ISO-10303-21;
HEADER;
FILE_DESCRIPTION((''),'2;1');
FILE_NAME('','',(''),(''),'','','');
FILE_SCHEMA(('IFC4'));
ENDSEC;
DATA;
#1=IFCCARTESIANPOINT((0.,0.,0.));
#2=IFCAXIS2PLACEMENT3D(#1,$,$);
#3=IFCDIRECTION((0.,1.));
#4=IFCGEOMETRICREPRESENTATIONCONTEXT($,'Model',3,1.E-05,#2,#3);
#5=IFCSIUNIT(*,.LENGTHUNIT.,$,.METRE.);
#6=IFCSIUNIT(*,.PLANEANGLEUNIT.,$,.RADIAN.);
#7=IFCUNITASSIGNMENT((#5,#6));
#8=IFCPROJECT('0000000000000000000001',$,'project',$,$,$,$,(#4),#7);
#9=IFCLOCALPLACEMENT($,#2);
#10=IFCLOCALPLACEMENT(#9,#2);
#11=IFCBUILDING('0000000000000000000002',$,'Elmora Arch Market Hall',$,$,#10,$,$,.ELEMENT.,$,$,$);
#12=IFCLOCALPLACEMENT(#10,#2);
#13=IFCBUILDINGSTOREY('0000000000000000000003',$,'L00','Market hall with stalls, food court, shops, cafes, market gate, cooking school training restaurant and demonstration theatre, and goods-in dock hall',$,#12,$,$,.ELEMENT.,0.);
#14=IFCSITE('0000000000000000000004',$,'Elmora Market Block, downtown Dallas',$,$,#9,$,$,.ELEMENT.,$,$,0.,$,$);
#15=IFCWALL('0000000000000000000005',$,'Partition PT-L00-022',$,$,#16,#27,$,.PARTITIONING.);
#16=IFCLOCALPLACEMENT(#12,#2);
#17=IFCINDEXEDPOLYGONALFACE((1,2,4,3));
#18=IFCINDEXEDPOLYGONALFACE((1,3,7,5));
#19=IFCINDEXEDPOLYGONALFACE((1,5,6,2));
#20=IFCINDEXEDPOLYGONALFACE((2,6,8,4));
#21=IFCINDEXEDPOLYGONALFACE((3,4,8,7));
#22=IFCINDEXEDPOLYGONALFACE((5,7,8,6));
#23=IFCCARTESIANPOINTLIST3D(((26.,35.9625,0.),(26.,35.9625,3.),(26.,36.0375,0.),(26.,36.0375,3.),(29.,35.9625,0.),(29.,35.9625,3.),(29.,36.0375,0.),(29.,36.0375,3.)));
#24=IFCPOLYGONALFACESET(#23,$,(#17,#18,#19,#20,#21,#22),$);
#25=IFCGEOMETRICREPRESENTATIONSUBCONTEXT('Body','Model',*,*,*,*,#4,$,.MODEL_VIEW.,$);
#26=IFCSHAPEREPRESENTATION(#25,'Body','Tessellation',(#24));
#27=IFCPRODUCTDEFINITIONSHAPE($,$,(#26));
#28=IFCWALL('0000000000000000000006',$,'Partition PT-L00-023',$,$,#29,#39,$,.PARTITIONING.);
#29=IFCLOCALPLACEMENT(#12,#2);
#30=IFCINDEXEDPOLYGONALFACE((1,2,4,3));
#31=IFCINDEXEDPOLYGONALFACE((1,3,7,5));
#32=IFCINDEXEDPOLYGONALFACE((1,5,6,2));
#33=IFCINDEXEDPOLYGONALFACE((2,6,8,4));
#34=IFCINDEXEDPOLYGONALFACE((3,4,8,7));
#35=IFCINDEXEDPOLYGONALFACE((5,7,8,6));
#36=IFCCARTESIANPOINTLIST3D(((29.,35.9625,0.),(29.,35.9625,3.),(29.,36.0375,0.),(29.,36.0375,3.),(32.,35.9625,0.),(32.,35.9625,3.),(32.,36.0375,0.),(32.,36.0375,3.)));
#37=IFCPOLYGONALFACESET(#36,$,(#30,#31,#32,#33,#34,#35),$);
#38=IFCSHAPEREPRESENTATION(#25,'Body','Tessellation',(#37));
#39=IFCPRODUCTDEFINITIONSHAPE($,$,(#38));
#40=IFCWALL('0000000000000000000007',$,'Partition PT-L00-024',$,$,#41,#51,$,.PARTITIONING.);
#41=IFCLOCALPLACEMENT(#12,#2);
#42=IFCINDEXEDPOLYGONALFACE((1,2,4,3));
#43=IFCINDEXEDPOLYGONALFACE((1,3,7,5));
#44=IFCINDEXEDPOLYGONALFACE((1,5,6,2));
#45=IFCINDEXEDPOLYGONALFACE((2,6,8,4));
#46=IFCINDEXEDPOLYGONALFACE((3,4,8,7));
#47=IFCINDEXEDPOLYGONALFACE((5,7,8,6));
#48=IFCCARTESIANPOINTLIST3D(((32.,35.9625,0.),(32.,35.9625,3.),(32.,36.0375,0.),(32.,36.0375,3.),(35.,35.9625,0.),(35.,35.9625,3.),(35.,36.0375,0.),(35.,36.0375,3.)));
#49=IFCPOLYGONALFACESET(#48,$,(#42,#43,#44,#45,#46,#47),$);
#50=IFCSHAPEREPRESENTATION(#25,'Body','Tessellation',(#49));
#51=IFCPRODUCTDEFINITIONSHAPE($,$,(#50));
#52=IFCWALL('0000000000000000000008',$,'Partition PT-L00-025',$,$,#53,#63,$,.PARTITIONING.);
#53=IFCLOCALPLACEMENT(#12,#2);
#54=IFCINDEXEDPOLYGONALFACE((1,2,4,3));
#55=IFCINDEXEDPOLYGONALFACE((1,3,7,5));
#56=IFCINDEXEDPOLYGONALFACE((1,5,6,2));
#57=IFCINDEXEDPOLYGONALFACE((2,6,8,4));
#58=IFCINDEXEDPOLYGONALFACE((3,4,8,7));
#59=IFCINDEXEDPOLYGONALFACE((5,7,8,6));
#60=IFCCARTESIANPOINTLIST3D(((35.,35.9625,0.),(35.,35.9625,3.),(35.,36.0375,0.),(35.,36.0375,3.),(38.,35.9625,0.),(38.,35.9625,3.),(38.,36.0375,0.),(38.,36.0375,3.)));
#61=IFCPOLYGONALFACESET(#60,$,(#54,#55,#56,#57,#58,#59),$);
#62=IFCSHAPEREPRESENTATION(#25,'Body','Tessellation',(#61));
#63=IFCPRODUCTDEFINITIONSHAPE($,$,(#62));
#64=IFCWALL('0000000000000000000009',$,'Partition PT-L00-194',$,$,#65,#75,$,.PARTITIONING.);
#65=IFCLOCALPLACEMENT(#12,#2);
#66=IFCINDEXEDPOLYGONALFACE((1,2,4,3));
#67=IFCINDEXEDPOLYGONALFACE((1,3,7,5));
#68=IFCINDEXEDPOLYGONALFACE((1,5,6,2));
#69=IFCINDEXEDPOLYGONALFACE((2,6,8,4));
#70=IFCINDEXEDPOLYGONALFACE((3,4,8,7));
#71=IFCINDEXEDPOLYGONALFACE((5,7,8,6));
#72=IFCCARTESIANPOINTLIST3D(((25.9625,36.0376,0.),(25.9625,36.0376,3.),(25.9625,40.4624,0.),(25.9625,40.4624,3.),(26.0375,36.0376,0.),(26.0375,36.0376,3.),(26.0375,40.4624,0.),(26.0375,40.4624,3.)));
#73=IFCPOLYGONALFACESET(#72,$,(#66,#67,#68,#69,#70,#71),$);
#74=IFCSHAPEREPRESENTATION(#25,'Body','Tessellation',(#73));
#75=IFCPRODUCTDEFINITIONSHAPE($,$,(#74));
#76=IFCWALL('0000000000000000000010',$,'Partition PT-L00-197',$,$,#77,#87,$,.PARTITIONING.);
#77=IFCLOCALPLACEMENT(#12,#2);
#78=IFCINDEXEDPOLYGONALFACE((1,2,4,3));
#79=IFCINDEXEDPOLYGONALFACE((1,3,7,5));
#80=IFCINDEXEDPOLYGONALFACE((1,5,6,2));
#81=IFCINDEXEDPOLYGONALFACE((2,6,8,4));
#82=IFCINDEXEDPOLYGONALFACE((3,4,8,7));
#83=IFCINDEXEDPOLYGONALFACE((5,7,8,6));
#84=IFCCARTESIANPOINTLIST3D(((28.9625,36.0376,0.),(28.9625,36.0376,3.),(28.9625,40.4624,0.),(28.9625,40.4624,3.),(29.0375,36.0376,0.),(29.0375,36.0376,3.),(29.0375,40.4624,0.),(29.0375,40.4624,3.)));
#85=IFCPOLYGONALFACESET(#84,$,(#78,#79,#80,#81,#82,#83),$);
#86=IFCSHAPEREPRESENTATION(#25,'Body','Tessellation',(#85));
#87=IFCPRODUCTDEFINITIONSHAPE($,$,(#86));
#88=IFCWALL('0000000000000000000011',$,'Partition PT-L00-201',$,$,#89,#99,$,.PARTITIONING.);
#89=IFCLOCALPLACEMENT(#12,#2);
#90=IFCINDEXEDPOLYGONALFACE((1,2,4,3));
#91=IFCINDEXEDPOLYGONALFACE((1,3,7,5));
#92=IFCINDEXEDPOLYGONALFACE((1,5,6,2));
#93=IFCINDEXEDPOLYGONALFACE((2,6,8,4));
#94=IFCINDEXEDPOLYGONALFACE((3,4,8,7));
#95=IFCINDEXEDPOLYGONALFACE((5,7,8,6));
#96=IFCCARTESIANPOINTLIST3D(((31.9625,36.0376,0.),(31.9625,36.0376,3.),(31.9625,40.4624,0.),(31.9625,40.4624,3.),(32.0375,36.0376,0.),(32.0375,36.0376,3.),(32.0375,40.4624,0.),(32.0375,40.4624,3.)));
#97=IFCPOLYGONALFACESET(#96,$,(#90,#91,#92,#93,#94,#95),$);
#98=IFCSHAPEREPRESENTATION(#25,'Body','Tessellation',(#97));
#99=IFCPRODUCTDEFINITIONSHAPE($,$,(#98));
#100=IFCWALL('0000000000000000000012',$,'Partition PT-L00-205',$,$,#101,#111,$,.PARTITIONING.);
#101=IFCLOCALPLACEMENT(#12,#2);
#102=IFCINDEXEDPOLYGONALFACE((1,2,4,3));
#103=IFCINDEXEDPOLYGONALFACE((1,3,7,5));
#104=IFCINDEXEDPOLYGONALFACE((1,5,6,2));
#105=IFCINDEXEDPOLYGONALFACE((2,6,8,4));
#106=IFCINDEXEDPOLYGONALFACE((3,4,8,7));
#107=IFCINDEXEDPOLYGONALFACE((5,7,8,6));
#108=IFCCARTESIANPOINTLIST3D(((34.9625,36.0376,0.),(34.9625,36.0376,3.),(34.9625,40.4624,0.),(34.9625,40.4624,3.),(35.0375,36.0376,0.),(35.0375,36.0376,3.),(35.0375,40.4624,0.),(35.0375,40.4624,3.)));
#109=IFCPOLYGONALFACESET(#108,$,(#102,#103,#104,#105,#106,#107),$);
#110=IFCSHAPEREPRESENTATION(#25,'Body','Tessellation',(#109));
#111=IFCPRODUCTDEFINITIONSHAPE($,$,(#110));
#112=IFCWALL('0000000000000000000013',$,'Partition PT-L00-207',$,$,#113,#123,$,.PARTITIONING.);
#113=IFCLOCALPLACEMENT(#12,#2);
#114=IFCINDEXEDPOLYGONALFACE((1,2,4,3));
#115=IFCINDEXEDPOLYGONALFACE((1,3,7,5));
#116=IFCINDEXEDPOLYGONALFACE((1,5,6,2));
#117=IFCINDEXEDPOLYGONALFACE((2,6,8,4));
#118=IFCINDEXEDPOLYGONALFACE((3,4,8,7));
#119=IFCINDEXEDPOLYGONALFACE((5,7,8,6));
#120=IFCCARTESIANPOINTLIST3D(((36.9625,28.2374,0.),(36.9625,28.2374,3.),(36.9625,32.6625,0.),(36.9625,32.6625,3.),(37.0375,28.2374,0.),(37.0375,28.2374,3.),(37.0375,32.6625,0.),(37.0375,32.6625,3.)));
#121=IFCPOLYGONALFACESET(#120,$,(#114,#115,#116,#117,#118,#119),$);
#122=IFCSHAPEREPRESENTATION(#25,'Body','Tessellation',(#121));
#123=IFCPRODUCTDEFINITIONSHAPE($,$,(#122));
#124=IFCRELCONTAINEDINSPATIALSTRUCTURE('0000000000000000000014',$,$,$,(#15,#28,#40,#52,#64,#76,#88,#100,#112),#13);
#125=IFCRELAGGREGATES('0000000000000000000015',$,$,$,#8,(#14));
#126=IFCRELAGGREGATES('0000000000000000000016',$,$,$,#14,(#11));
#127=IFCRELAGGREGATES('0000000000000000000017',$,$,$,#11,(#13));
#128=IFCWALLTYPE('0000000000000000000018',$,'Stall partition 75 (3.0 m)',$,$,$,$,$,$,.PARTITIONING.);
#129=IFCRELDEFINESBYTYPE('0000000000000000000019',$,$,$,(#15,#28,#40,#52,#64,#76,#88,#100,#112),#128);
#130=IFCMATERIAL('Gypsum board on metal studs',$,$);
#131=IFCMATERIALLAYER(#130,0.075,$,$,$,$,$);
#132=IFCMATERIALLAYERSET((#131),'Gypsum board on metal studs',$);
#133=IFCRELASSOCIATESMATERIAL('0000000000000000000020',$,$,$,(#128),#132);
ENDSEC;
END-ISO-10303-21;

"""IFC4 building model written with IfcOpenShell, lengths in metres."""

from ifc_helpers import new_model, si_unit, direction, frame, frame_2d, origin, place, context, subcontext, project, spatial, rectangle, extrude, material, layer, layer_set, type_object, element, save


model = new_model("IFC4")

# Units and contexts
model_context = context("Model", 3, precision=1e-05, world=origin(), true_north=direction((0.0, 1.0)))
body_context = subcontext(model_context, "Body", "Model", "MODEL_VIEW")
ifc_project = project(units=[si_unit("LENGTHUNIT", "METRE"), si_unit("PLANEANGLEUNIT", "RADIAN")], contexts=[model_context])

# Site, building, storey
site_placement = place(None, origin())
site = spatial("IfcSite", under=ifc_project, at=site_placement, Name="Elmora Market Block, downtown Dallas", CompositionType="ELEMENT", RefElevation=0.0)
building_placement = place(site_placement, origin())
building = spatial("IfcBuilding", under=site, at=building_placement, Name="Elmora Arch Market Hall", CompositionType="ELEMENT")
storey_placement = place(building_placement, origin())
storey = spatial("IfcBuildingStorey", under=building, at=storey_placement, Name="L00", Description="Market hall with stalls, food court, shops, cafes, market gate, cooking school training restaurant and demonstration theatre, and goods-in dock hall", CompositionType="ELEMENT", Elevation=0.0)

# Shared definitions
ifc_material_1 = material(Name="Gypsum board on metal studs")
ifc_layer = layer(ifc_material_1, 0.075)
ifc_layer_set = layer_set([ifc_layer], Name="Gypsum board on metal studs")
wall_type = type_object("IfcWallType", Name="Stall partition 75 (3.0 m)", PredefinedType="PARTITIONING", material=ifc_layer_set)

# Walls
for number, where, z_axis, x_axis, name in (
    (1, (26.0, 36.0, 0.0), (0.0, 0.0, 1.0), (1.0, 0.0, 0.0), "Partition PT-L00-022"),
    (2, (29.0, 36.0, 0.0), (0.0, 0.0, 1.0), (1.0, 0.0, 0.0), "Partition PT-L00-023"),
    (3, (32.0, 36.0, 0.0), (0.0, 0.0, 1.0), (1.0, 0.0, 0.0), "Partition PT-L00-024"),
    (4, (35.0, 36.0, 0.0), (0.0, 0.0, 1.0), (1.0, 0.0, 0.0), "Partition PT-L00-025"),
):
    element("IfcWall", number, at=place(storey_placement, frame(where, z_axis=z_axis, x_axis=x_axis)), inside=storey, type_object=wall_type, Name=name, PredefinedType="PARTITIONING", context=body_context, shape_type="SweptSolid", body=[
        extrude(rectangle(XDim=3.0, YDim=0.075, at=frame_2d((1.5, 0.0))), origin(), (0.0, 0.0, 1.0), 3.0),
    ])

# Walls
for number, where, z_axis, x_axis, name in (
    (5, (26.0, 36.0376, 0.0), (0.0, 0.0, 1.0), (0.0, 1.0, 0.0), "Partition PT-L00-194"),
    (6, (29.0, 36.0376, 0.0), (0.0, 0.0, 1.0), (0.0, 1.0, 0.0), "Partition PT-L00-197"),
    (7, (32.0, 36.0376, 0.0), (0.0, 0.0, 1.0), (0.0, 1.0, 0.0), "Partition PT-L00-201"),
    (8, (35.0, 36.0376, 0.0), (0.0, 0.0, 1.0), (0.0, 1.0, 0.0), "Partition PT-L00-205"),
):
    element("IfcWall", number, at=place(storey_placement, frame(where, z_axis=z_axis, x_axis=x_axis)), inside=storey, type_object=wall_type, Name=name, PredefinedType="PARTITIONING", context=body_context, shape_type="SweptSolid", body=[
        extrude(rectangle(XDim=4.4248, YDim=0.075, at=frame_2d((2.2124, 0.0))), origin(), (0.0, 0.0, 1.0), 3.0),
    ])
wall_1_placement = place(storey_placement, frame((37.0, 28.2375, 0.0), z_axis=(0.0, 0.0, 1.0), x_axis=(0.0, 1.0, 0.0)))
element("IfcWall", 9, at=wall_1_placement, inside=storey, type_object=wall_type, Name="Partition PT-L00-207", PredefinedType="PARTITIONING", context=body_context, shape_type="SweptSolid", body=[
    extrude(rectangle(XDim=4.425, YDim=0.075, at=frame_2d((2.2124, 0.0))), origin(), (0.0, 0.0, 1.0), 3.0),
])

save(model, "model.ifc")
